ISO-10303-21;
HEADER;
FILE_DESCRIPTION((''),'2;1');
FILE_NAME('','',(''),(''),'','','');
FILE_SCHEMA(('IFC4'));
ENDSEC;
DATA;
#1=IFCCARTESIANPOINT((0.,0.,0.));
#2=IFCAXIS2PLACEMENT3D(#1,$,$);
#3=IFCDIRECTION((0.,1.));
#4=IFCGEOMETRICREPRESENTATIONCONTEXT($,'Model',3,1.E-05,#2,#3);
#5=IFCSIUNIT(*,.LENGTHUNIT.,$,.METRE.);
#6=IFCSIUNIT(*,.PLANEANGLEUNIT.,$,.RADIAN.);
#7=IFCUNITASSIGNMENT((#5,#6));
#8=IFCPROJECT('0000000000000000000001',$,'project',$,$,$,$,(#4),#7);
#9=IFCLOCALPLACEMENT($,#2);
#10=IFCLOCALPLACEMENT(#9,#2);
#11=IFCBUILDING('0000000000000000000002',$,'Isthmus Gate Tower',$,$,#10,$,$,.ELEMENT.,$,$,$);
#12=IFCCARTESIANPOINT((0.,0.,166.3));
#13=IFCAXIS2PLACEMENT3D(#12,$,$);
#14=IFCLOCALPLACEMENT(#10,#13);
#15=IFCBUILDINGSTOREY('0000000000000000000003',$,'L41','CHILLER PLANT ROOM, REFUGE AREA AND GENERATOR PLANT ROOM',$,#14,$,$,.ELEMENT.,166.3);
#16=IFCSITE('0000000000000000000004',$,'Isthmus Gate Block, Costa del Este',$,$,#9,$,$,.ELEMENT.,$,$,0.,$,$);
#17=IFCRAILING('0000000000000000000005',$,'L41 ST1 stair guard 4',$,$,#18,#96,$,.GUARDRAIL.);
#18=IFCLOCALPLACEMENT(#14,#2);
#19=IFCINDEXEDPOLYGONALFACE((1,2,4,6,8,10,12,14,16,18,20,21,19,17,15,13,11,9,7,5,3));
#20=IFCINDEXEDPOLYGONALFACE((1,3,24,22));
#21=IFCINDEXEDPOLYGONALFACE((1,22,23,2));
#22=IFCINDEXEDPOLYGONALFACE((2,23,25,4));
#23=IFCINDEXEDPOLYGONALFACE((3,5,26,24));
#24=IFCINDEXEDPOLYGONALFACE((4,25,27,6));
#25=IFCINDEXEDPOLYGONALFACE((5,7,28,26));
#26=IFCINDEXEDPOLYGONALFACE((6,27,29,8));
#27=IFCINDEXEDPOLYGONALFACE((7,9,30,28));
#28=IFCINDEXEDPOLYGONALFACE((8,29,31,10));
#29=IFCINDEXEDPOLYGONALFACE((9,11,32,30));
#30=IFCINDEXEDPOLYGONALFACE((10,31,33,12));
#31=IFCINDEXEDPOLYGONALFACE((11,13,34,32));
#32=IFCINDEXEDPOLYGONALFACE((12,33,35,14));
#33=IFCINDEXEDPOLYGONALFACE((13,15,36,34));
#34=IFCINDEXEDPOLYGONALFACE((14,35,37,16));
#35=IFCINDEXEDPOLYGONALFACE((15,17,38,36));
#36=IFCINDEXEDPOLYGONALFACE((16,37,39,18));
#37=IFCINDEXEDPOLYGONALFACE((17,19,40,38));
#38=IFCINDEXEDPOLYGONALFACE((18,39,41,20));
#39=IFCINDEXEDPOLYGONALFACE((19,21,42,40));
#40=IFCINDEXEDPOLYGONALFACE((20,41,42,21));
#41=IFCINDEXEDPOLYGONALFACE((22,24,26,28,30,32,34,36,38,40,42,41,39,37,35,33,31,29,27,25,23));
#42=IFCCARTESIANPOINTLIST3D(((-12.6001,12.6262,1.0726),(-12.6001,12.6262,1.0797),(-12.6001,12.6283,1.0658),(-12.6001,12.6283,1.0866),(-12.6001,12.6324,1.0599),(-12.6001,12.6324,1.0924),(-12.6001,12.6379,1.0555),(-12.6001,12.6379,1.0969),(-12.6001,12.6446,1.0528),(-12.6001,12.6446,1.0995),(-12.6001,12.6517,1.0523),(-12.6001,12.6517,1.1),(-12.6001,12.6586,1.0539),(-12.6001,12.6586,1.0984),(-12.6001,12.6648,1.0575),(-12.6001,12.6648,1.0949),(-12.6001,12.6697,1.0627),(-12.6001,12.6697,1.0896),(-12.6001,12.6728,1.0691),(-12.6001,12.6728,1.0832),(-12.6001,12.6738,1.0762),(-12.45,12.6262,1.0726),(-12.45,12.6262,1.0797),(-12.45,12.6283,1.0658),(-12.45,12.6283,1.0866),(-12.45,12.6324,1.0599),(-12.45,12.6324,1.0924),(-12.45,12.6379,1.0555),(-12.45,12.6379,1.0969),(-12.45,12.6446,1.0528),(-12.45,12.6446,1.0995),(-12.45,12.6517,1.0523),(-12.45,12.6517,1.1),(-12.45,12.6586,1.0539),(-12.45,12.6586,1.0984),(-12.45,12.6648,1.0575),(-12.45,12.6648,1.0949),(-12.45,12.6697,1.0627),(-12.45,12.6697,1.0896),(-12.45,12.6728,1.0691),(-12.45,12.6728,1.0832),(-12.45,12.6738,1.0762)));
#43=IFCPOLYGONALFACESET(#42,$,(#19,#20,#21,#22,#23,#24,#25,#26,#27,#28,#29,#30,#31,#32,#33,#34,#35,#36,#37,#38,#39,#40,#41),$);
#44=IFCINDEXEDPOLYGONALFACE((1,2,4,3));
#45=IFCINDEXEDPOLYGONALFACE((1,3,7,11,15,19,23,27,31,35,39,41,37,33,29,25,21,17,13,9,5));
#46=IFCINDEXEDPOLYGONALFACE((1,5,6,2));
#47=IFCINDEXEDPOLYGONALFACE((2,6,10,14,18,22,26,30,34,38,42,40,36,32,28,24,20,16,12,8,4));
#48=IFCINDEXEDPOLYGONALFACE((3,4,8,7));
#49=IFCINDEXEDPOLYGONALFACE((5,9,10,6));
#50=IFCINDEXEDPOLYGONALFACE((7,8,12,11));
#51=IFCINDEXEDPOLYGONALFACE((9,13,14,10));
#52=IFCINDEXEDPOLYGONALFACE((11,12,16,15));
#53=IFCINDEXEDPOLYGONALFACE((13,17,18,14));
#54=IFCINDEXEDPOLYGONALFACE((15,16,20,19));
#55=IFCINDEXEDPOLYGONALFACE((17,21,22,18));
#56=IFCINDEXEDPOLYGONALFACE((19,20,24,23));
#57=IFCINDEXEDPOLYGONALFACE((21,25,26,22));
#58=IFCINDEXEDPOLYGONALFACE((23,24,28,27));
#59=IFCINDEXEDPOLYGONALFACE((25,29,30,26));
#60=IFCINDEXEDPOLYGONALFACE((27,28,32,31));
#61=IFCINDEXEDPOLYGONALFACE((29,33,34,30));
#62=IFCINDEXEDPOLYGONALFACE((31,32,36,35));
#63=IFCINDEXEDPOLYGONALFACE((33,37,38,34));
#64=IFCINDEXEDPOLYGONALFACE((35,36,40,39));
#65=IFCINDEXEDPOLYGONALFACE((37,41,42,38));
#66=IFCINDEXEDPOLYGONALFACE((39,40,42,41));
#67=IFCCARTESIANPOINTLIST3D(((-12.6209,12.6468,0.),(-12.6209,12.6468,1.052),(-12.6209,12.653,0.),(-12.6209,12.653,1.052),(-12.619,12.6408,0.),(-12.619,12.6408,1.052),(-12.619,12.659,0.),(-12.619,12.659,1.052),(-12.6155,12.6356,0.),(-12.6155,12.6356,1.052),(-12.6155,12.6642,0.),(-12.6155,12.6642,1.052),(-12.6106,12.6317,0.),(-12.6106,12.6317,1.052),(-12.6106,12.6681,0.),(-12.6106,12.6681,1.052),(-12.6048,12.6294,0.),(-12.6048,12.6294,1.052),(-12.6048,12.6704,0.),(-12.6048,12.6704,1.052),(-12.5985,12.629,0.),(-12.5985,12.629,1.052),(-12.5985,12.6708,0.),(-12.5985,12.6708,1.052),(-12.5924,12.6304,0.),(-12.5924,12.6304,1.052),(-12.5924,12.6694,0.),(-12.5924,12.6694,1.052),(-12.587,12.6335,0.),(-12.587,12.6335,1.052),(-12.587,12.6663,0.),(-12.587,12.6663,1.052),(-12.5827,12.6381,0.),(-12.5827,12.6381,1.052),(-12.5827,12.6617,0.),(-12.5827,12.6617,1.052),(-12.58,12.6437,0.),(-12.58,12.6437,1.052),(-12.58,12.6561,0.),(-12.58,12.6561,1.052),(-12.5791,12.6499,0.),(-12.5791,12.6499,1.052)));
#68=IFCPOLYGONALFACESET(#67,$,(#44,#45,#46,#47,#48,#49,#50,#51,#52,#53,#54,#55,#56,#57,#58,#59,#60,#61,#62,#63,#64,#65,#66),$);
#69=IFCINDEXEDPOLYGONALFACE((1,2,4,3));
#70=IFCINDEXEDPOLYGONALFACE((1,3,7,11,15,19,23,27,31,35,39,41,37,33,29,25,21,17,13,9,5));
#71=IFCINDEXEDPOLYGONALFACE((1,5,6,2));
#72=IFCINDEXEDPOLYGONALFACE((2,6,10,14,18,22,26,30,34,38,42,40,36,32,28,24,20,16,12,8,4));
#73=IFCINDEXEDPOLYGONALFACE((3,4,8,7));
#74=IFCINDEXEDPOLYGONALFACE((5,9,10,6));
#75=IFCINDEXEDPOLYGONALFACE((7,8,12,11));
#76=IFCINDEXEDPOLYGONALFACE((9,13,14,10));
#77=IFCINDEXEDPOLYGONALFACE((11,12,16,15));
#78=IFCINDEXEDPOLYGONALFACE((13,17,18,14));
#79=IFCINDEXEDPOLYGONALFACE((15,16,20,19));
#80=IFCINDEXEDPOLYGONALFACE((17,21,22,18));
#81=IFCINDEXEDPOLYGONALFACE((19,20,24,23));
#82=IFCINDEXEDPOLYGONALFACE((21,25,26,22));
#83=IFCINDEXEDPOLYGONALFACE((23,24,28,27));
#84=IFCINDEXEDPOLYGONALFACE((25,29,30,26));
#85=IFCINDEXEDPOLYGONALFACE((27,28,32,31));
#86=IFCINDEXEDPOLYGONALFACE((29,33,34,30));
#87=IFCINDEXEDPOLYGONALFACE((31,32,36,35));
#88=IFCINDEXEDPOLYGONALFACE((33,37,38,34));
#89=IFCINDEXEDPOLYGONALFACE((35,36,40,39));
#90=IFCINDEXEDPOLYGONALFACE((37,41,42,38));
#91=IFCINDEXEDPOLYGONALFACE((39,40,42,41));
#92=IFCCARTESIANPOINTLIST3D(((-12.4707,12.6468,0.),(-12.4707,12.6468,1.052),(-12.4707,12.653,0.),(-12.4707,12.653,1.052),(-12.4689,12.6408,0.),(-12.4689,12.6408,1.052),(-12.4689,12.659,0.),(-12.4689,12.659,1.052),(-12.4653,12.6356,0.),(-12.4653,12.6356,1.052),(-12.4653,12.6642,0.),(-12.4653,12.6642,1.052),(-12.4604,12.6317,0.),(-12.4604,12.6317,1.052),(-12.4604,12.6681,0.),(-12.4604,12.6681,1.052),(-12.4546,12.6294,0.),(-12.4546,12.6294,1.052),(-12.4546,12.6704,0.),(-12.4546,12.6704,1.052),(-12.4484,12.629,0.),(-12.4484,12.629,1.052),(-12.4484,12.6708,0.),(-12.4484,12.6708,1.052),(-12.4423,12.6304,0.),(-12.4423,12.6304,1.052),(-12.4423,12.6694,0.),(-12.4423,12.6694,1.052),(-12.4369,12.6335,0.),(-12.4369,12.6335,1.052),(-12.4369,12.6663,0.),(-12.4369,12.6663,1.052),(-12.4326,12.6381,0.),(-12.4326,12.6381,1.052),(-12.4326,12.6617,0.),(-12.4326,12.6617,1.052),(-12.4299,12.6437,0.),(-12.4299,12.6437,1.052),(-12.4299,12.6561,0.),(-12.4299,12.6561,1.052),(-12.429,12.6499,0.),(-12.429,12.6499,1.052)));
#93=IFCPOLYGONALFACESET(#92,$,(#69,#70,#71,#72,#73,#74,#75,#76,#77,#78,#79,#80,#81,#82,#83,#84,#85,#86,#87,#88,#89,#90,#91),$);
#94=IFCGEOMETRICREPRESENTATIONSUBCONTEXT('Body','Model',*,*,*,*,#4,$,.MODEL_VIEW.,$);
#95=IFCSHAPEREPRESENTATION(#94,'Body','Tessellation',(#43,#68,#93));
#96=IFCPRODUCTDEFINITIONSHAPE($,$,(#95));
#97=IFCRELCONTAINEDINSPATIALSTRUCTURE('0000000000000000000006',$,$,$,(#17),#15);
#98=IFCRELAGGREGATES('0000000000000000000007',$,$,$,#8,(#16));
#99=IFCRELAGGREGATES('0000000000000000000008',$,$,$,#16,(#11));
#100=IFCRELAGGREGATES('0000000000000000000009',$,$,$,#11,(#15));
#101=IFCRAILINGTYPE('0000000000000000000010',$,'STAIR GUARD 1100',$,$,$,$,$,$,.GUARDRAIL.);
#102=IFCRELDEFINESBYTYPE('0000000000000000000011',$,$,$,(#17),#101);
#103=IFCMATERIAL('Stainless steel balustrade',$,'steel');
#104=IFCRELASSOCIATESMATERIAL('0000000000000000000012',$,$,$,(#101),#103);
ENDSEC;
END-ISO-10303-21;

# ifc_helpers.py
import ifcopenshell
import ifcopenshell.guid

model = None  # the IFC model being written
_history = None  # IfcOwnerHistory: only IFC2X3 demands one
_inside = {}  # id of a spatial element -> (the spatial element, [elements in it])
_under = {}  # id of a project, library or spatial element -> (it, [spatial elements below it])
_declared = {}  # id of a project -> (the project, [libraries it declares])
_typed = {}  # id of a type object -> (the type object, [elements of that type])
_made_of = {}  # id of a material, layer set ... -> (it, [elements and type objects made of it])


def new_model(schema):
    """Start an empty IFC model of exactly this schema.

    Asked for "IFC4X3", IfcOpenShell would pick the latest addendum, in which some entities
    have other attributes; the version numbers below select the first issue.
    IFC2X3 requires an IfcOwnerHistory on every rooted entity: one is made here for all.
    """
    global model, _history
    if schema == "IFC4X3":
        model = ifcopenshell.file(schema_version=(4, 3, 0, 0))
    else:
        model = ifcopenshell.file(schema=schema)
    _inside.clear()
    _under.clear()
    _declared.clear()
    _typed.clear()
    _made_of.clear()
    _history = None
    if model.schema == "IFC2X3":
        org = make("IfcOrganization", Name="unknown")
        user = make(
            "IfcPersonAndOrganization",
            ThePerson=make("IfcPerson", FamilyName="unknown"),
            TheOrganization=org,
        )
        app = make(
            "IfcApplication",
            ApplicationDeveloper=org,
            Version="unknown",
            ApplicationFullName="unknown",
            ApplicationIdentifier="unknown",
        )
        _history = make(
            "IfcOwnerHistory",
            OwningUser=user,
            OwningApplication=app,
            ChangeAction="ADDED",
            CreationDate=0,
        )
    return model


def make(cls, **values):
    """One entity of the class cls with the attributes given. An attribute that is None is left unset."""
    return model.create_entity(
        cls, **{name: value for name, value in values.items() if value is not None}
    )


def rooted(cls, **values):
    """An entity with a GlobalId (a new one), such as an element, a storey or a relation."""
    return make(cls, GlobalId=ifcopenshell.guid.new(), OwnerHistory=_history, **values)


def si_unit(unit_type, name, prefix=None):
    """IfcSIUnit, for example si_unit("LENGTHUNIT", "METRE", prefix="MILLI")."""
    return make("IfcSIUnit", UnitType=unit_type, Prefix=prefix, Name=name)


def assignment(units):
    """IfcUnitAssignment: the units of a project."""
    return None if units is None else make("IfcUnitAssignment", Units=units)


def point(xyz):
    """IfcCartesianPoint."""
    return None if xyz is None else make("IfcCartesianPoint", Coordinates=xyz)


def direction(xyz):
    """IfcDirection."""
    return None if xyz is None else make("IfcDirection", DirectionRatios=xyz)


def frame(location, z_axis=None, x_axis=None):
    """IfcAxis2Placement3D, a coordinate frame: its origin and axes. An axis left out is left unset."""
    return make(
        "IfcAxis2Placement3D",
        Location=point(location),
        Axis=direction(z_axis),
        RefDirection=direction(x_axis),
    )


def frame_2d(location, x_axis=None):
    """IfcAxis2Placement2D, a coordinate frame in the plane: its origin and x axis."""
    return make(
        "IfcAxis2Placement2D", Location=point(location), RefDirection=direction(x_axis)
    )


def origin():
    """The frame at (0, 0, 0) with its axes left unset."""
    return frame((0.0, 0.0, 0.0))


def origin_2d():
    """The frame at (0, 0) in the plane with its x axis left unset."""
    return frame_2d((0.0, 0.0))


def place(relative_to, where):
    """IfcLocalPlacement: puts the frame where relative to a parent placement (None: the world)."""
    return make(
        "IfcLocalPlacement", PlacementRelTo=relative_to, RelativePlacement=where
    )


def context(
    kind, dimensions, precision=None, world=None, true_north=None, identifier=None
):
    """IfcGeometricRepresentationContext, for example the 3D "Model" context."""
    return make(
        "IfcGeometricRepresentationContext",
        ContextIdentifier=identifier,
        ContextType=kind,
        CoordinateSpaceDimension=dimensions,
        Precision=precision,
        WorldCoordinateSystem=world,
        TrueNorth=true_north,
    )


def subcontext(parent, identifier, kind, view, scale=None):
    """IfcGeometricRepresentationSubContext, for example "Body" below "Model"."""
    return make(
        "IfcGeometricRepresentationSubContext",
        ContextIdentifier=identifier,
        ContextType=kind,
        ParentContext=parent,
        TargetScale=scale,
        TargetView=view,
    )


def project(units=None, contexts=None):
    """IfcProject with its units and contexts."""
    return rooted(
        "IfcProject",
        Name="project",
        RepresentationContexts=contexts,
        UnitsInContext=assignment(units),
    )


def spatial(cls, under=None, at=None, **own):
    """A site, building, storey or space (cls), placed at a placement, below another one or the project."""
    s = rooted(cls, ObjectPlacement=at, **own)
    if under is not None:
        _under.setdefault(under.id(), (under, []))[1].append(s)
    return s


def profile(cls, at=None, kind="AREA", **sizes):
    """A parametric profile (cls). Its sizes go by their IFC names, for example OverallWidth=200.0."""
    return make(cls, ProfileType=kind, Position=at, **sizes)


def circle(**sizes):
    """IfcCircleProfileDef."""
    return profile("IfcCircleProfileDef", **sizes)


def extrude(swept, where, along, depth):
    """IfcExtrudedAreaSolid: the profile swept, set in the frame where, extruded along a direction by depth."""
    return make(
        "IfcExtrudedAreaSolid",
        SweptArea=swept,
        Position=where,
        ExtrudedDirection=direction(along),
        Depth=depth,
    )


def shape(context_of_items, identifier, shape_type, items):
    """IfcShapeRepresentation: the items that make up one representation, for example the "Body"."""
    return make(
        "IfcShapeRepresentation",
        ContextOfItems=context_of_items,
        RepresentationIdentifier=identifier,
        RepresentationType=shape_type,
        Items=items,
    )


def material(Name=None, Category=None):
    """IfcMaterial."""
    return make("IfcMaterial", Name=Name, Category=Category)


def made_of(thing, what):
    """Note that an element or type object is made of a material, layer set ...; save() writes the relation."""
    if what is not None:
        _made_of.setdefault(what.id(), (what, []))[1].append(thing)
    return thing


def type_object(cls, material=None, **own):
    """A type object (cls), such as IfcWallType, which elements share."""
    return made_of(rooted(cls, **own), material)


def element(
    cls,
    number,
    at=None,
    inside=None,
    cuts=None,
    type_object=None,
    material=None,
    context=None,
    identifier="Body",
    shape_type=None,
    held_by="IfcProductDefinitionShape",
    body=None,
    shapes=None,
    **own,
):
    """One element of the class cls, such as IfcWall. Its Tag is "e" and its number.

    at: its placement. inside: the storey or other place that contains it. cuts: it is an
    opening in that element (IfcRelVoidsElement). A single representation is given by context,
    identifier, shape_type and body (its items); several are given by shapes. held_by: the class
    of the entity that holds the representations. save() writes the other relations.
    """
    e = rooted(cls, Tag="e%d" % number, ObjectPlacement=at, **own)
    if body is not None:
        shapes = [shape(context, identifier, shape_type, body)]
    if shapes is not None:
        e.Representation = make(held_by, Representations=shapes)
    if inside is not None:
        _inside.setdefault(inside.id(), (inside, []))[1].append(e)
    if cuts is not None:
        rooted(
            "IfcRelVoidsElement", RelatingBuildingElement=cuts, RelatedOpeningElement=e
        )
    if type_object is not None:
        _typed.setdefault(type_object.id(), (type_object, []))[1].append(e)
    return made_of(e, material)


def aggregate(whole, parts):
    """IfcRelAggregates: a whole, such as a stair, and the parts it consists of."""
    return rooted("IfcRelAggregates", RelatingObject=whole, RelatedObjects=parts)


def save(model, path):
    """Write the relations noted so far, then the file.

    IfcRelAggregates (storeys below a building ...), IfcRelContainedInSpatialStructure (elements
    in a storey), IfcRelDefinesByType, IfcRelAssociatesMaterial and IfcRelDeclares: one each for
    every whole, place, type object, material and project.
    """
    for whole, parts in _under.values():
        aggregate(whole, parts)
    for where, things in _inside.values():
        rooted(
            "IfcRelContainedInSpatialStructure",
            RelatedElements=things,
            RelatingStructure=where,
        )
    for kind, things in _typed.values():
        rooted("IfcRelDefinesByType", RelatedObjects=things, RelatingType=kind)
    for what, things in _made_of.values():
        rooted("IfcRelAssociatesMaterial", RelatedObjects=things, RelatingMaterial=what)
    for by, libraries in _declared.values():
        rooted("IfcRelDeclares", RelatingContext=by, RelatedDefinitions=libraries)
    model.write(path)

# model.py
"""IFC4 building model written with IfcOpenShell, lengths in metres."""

from ifc_helpers import new_model, si_unit, direction, frame, origin, origin_2d, place, context, subcontext, project, spatial, circle, extrude, material, type_object, element, save


model = new_model("IFC4")

# Units and contexts
model_context = context("Model", 3, precision=1e-05, world=origin(), true_north=direction((0.0, 1.0)))
body_context = subcontext(model_context, "Body", "Model", "MODEL_VIEW")
ifc_project = project(units=[si_unit("LENGTHUNIT", "METRE"), si_unit("PLANEANGLEUNIT", "RADIAN")], contexts=[model_context])

# Site, building, storey
site_placement = place(None, origin())
site = spatial("IfcSite", under=ifc_project, at=site_placement, Name="Isthmus Gate Block, Costa del Este", CompositionType="ELEMENT", RefElevation=0.0)
building_placement = place(site_placement, origin())
building = spatial("IfcBuilding", under=site, at=building_placement, Name="Isthmus Gate Tower", CompositionType="ELEMENT")
storey_placement = place(building_placement, frame((0.0, 0.0, 166.3)))
storey = spatial("IfcBuildingStorey", under=building, at=storey_placement, Name="L41", Description="CHILLER PLANT ROOM, REFUGE AREA AND GENERATOR PLANT ROOM", CompositionType="ELEMENT", Elevation=166.3)

# Railing
ifc_material_1 = material(Name="Stainless steel balustrade", Category="steel")
railing_type_1 = type_object("IfcRailingType", Name="STAIR GUARD 1100", PredefinedType="GUARDRAIL", material=ifc_material_1)
railing_1_placement = place(storey_placement, frame((-12.6001, 12.6499, 0.0)))
element("IfcRailing", 1, at=railing_1_placement, inside=storey, type_object=railing_type_1, Name="L41 ST1 stair guard 4", PredefinedType="GUARDRAIL", context=body_context, shape_type="SweptSolid", body=[
    extrude(circle(Radius=0.0239, at=origin_2d()), frame((0.0, 0.0, 1.0762), z_axis=(1.0, 0.0, 0.0), x_axis=(0.0, 1.0, 0.0)), (0.0, 0.0, 1.0), 0.1501),
    extrude(circle(Radius=0.021, at=origin_2d()), origin(), (0.0, 0.0, 1.0), 1.052),
    extrude(circle(Radius=0.021, at=origin_2d()), frame((0.1501, 0.0, 0.0)), (0.0, 0.0, 1.0), 1.052),
])

save(model, "model.ifc")
